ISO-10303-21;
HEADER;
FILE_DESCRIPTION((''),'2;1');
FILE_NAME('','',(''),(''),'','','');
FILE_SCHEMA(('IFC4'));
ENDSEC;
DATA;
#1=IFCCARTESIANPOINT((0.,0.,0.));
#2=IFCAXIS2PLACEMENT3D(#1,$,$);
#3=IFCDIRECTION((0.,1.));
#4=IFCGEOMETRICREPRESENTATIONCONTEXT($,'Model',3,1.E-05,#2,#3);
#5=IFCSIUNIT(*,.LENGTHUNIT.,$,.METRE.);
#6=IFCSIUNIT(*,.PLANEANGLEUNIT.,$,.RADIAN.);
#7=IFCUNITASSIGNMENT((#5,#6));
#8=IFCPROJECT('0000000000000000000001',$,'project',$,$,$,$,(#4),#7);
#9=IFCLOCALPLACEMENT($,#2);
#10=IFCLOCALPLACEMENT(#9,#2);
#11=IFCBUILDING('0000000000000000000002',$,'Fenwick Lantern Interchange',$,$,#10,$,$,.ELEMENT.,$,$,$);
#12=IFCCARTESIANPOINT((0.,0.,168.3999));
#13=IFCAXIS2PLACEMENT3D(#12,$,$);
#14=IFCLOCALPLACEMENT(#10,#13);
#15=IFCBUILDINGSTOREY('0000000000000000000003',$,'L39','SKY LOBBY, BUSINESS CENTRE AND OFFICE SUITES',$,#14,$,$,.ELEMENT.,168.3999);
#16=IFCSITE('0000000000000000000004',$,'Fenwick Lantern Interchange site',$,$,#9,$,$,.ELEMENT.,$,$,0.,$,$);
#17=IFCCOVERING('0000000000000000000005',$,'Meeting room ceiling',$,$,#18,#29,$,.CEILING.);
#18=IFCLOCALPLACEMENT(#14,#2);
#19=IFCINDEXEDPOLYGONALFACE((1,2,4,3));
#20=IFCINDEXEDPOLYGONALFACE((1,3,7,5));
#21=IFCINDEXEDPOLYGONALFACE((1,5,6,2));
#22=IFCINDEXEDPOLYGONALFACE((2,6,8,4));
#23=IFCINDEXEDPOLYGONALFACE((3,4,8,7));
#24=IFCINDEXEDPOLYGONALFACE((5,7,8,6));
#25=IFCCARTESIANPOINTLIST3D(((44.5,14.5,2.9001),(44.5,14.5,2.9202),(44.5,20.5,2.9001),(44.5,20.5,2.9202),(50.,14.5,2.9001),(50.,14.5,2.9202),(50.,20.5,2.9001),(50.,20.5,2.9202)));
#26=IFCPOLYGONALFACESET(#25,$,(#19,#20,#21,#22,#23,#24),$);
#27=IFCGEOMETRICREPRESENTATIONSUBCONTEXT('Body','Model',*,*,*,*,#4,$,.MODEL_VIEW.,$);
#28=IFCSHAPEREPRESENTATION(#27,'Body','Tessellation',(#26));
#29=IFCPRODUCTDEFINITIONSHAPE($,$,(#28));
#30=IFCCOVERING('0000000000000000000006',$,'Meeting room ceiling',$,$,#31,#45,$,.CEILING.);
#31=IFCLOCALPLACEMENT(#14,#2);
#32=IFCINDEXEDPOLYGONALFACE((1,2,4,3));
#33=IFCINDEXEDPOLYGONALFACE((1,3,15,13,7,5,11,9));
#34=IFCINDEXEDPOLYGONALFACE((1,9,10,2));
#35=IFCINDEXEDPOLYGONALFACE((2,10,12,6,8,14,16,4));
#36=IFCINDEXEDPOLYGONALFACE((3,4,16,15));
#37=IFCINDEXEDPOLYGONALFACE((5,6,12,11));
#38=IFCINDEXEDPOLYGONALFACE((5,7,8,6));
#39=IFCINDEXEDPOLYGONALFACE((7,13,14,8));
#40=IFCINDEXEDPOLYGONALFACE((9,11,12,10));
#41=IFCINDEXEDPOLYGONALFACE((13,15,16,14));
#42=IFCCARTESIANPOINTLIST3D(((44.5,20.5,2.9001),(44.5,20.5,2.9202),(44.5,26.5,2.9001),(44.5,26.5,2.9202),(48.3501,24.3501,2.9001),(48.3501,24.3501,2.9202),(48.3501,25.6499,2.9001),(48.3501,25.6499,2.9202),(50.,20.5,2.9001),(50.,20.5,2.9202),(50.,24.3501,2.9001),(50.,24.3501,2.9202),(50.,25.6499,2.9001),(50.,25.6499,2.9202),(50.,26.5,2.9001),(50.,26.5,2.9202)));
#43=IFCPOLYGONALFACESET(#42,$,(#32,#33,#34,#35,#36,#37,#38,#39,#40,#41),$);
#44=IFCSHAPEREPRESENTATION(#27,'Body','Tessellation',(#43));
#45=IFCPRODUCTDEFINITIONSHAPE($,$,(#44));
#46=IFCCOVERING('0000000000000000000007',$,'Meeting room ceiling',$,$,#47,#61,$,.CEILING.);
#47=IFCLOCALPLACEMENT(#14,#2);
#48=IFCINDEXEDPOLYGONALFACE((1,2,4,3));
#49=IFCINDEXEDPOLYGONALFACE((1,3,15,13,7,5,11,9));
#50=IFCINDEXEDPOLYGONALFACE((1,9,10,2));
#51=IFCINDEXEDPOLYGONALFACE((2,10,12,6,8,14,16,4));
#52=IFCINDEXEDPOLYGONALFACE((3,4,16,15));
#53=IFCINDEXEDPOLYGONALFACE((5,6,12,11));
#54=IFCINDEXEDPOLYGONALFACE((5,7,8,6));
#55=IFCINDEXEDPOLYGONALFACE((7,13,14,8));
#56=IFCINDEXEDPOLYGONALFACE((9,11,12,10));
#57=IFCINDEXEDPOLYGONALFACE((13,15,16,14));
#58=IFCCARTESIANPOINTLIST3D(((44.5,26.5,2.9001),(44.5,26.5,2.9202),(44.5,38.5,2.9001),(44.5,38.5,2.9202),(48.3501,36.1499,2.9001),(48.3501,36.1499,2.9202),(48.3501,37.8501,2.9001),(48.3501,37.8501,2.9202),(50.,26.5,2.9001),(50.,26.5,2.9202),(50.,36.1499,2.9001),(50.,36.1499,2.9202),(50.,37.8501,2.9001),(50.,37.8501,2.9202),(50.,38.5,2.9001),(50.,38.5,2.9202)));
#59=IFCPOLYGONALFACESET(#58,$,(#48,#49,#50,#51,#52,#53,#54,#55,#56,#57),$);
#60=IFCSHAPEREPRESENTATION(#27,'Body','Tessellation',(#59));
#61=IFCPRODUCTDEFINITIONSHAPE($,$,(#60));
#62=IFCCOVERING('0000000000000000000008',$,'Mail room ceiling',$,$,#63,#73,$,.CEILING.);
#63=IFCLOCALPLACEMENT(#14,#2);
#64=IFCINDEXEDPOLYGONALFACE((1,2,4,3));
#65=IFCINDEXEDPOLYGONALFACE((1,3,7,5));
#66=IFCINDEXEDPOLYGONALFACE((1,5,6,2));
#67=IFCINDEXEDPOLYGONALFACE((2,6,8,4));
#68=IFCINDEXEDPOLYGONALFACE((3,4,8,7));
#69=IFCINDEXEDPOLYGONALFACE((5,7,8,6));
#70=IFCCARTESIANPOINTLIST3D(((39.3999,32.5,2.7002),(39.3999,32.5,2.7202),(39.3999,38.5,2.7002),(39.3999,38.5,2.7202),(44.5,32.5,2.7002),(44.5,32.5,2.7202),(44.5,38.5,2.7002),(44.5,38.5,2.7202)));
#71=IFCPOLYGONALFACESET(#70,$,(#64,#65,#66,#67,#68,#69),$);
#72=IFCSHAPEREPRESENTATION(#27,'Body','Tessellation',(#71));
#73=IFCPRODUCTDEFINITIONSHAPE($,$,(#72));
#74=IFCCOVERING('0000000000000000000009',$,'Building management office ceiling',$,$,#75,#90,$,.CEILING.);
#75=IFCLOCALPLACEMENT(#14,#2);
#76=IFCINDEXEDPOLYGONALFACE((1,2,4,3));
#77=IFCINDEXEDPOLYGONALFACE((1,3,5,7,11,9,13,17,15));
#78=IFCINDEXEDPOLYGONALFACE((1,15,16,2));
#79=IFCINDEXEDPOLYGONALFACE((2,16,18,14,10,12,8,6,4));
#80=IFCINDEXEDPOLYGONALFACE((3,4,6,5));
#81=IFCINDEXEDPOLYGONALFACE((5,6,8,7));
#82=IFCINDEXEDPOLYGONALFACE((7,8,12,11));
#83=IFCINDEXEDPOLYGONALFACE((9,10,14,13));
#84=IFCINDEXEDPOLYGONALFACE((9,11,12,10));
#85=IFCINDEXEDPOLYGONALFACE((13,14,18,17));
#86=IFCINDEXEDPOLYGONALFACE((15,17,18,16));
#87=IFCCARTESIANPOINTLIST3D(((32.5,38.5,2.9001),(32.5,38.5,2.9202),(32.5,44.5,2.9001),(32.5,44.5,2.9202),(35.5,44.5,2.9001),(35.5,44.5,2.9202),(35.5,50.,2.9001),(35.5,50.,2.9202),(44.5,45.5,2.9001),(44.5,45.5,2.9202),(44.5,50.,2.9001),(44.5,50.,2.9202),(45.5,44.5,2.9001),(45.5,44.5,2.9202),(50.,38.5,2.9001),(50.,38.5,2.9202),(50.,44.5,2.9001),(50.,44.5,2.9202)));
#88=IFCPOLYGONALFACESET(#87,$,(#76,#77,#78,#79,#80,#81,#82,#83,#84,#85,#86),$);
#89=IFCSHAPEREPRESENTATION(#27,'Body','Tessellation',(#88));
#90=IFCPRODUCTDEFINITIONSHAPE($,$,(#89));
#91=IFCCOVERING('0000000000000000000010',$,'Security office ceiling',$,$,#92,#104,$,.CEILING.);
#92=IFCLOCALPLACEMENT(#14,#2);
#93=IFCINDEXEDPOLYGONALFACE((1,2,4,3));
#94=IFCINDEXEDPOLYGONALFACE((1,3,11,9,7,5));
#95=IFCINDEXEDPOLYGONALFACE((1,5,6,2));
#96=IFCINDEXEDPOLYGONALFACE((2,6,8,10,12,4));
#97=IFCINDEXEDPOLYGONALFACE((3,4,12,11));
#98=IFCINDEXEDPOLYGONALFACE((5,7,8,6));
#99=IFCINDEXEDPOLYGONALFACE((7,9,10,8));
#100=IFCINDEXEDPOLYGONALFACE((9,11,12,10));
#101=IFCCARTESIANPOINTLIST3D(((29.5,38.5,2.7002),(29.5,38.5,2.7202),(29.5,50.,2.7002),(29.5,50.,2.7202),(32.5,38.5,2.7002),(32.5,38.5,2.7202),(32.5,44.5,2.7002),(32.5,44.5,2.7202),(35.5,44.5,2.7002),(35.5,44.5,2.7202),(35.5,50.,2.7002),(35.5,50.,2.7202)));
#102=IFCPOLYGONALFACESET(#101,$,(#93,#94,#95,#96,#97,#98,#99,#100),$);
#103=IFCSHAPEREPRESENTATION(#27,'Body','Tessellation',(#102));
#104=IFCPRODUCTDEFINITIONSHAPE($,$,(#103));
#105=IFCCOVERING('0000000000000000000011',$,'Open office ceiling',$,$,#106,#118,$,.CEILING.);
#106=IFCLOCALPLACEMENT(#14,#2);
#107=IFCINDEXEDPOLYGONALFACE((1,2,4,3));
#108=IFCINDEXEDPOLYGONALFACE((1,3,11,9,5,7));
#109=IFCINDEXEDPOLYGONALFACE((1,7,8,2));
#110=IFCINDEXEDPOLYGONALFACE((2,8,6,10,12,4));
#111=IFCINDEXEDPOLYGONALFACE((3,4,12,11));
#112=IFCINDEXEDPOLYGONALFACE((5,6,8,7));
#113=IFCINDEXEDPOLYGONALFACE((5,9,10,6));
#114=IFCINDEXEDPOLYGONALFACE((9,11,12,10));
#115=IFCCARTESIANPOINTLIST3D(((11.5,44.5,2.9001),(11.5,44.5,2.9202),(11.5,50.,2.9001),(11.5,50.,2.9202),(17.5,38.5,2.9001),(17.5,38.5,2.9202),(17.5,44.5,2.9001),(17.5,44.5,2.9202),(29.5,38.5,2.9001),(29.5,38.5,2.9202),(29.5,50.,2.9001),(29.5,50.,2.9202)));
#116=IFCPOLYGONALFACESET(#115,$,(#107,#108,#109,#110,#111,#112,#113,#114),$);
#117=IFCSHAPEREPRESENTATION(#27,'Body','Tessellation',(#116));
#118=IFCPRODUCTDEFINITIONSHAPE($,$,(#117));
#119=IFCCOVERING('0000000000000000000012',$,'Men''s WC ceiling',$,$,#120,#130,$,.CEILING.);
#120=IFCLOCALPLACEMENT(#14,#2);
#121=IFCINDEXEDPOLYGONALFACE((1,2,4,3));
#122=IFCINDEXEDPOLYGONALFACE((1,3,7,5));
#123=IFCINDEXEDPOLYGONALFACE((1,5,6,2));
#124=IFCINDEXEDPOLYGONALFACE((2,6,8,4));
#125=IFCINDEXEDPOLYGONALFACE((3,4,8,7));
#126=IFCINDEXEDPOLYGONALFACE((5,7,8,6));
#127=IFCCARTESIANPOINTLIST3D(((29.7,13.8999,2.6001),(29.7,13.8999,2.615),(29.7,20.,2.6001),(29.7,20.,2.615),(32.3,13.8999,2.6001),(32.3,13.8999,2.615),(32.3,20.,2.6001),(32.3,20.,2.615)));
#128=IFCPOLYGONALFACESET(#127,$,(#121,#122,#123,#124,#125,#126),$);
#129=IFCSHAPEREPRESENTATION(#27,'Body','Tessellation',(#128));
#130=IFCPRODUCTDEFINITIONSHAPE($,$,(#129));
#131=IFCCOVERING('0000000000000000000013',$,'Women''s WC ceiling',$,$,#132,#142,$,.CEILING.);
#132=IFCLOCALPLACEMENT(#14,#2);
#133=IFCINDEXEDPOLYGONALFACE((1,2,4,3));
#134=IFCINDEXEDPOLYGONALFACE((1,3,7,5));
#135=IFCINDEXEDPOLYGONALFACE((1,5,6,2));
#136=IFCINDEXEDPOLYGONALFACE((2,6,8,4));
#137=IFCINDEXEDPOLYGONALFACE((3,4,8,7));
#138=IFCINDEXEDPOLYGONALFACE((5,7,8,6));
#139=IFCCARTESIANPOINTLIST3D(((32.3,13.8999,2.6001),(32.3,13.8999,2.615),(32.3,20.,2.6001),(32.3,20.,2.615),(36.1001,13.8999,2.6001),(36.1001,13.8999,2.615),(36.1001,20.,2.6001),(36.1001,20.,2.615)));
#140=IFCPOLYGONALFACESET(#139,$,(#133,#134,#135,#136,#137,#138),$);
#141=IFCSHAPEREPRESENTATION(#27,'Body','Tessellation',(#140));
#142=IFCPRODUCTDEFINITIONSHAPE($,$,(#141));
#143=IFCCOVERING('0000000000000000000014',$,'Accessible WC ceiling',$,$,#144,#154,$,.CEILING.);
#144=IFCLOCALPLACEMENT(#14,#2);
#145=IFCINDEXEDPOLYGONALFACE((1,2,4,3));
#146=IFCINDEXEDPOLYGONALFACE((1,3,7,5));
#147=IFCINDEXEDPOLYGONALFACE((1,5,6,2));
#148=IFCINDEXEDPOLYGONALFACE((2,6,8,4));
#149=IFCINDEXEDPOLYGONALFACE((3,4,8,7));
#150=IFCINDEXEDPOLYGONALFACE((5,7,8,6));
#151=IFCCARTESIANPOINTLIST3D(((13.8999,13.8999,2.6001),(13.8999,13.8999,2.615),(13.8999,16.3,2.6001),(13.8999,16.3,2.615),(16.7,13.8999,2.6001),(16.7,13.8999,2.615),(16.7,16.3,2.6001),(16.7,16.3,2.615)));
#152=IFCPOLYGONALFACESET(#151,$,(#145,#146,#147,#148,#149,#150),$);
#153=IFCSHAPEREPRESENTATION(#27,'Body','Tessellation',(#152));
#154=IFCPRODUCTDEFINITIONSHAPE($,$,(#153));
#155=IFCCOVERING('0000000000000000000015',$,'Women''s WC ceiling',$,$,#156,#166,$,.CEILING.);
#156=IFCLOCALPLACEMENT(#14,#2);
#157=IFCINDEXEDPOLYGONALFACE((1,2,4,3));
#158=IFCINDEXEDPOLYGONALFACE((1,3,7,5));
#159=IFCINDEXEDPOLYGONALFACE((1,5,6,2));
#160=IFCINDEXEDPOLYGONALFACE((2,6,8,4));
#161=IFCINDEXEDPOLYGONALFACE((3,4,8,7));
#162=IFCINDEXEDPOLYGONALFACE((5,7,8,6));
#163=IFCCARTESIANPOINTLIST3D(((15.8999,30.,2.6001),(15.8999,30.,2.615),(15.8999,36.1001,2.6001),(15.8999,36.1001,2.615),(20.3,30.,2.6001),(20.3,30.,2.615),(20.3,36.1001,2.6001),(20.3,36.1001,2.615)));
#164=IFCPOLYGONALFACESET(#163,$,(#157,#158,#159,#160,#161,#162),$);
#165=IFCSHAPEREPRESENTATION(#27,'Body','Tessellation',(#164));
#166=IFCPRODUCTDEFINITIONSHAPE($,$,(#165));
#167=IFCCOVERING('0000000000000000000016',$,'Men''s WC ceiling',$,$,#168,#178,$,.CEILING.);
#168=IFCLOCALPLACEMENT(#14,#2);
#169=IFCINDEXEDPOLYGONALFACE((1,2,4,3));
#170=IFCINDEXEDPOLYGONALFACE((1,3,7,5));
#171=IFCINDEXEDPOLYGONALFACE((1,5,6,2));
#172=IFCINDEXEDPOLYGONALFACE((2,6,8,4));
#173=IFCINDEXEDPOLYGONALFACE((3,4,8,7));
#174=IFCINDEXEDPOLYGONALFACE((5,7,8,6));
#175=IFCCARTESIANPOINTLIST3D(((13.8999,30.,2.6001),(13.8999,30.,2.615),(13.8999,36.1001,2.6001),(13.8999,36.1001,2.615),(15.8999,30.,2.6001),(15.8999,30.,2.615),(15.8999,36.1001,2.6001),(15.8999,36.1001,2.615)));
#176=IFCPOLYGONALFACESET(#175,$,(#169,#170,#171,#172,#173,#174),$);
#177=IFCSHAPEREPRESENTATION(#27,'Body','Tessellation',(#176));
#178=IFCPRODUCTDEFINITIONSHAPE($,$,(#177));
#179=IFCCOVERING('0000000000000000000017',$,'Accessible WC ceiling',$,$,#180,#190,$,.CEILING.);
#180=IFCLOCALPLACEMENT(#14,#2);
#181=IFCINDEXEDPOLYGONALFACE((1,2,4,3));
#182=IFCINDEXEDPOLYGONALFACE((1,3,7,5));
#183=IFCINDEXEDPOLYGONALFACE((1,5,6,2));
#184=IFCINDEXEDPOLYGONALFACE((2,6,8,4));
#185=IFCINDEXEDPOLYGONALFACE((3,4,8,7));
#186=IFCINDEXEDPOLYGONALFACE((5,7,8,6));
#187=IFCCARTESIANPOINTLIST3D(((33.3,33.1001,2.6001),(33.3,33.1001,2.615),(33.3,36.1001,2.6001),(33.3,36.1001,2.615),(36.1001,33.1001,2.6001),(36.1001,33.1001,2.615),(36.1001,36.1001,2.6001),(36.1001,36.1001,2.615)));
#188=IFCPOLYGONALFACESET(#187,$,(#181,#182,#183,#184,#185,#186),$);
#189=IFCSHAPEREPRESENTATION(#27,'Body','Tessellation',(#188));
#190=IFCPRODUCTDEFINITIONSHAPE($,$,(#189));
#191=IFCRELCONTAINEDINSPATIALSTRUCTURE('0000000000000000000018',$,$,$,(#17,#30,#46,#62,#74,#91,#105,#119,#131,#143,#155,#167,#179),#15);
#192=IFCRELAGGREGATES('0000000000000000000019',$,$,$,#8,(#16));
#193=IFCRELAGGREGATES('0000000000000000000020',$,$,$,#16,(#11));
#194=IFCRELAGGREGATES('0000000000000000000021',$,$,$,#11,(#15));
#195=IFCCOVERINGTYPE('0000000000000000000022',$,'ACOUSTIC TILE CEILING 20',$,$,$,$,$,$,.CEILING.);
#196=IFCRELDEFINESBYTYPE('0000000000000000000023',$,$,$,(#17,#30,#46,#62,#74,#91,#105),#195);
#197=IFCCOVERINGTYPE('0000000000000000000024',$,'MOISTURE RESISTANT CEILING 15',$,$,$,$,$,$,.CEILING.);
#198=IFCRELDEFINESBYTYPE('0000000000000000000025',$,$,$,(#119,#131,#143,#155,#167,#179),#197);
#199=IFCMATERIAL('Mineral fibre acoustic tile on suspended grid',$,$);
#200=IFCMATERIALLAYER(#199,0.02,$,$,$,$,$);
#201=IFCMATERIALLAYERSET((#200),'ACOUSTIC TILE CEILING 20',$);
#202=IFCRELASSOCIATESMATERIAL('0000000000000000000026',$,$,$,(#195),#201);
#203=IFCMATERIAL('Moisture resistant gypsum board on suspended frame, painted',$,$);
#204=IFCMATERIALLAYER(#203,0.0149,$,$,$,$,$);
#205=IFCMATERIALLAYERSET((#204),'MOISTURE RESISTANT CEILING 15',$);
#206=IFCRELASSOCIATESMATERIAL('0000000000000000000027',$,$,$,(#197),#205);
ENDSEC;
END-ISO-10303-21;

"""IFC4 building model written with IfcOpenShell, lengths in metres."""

from ifc_helpers import new_model, si_unit, direction, frame, origin, place, context, subcontext, project, spatial, polyline, outline, extrude, material, layer, layer_set, type_object, element, save


model = new_model("IFC4")

# Units and contexts
model_context = context("Model", 3, precision=1e-05, world=origin(), true_north=direction((0.0, 1.0)))
body_context = subcontext(model_context, "Body", "Model", "MODEL_VIEW")
ifc_project = project(units=[si_unit("LENGTHUNIT", "METRE"), si_unit("PLANEANGLEUNIT", "RADIAN")], contexts=[model_context])

# Site, building, storey
site_placement = place(None, origin())
site = spatial("IfcSite", under=ifc_project, at=site_placement, Name="Fenwick Lantern Interchange site", CompositionType="ELEMENT", RefElevation=0.0)
building_placement = place(site_placement, origin())
building = spatial("IfcBuilding", under=site, at=building_placement, Name="Fenwick Lantern Interchange", CompositionType="ELEMENT")
storey_placement = place(building_placement, frame((0.0, 0.0, 168.3999)))
storey = spatial("IfcBuildingStorey", under=building, at=storey_placement, Name="L39", Description="SKY LOBBY, BUSINESS CENTRE AND OFFICE SUITES", CompositionType="ELEMENT", Elevation=168.3999)

# Coverings
ifc_material_1 = material(Name="Mineral fibre acoustic tile on suspended grid")
ifc_layer_1 = layer(ifc_material_1, 0.02)
ifc_layer_set_1 = layer_set([ifc_layer_1], Name="ACOUSTIC TILE CEILING 20")
covering_type_1 = type_object("IfcCoveringType", Name="ACOUSTIC TILE CEILING 20", PredefinedType="CEILING", material=ifc_layer_set_1)
covering_1_placement = place(storey_placement, frame((0.0, 0.0, 2.9001)))
element("IfcCovering", 1, at=covering_1_placement, inside=storey, type_object=covering_type_1, Name="Meeting room ceiling", PredefinedType="CEILING", context=body_context, shape_type="SweptSolid", body=[
    extrude(outline(polyline([(50.0, 14.5), (50.0, 20.5), (44.5, 20.5), (44.5, 14.5), (50.0, 14.5)])), origin(), (0.0, 0.0, 1.0), 0.02),
])
covering_2_placement = place(storey_placement, frame((0.0, 0.0, 2.9001)))
element("IfcCovering", 2, at=covering_2_placement, inside=storey, type_object=covering_type_1, Name="Meeting room ceiling", PredefinedType="CEILING", context=body_context, shape_type="SweptSolid", body=[
    extrude(outline(polyline([(50.0, 20.5), (50.0, 24.3501), (48.3501, 24.3501), (48.3501, 25.6499), (50.0, 25.6499), (50.0, 26.5), (44.5, 26.5), (44.5, 20.5), (50.0, 20.5)])), origin(), (0.0, 0.0, 1.0), 0.02),
])
covering_3_placement = place(storey_placement, frame((0.0, 0.0, 2.9001)))
element("IfcCovering", 3, at=covering_3_placement, inside=storey, type_object=covering_type_1, Name="Meeting room ceiling", PredefinedType="CEILING", context=body_context, shape_type="SweptSolid", body=[
    extrude(outline(polyline([(44.5, 26.5), (50.0, 26.5), (50.0, 36.1499), (48.3501, 36.1499), (48.3501, 37.8501), (50.0, 37.8501), (50.0, 38.5), (44.5, 38.5), (44.5, 26.5)])), origin(), (0.0, 0.0, 1.0), 0.02),
])
covering_4_placement = place(storey_placement, frame((0.0, 0.0, 2.7002)))
element("IfcCovering", 4, at=covering_4_placement, inside=storey, type_object=covering_type_1, Name="Mail room ceiling", PredefinedType="CEILING", context=body_context, shape_type="SweptSolid", body=[
    extrude(outline(polyline([(44.5, 32.5), (44.5, 38.5), (39.3999, 38.5), (39.3999, 32.5), (44.5, 32.5)])), origin(), (0.0, 0.0, 1.0), 0.02),
])
covering_5_placement = place(storey_placement, frame((0.0, 0.0, 2.9001)))
element("IfcCovering", 5, at=covering_5_placement, inside=storey, type_object=covering_type_1, Name="Building management office ceiling", PredefinedType="CEILING", context=body_context, shape_type="SweptSolid", body=[
    extrude(outline(polyline([(44.5, 45.5), (44.5, 50.0), (35.5, 50.0), (35.5, 44.5), (32.5, 44.5), (32.5, 38.5), (50.0, 38.5), (50.0, 44.5), (45.5, 44.5), (44.5, 45.5)])), origin(), (0.0, 0.0, 1.0), 0.02),
])
covering_6_placement = place(storey_placement, frame((0.0, 0.0, 2.7002)))
element("IfcCovering", 6, at=covering_6_placement, inside=storey, type_object=covering_type_1, Name="Security office ceiling", PredefinedType="CEILING", context=body_context, shape_type="SweptSolid", body=[
    extrude(outline(polyline([(29.5, 50.0), (29.5, 38.5), (32.5, 38.5), (32.5, 44.5), (35.5, 44.5), (35.5, 50.0), (29.5, 50.0)])), origin(), (0.0, 0.0, 1.0), 0.02),
])
covering_7_placement = place(storey_placement, frame((0.0, 0.0, 2.9001)))
element("IfcCovering", 7, at=covering_7_placement, inside=storey, type_object=covering_type_1, Name="Open office ceiling", PredefinedType="CEILING", context=body_context, shape_type="SweptSolid", body=[
    extrude(outline(polyline([(29.5, 50.0), (11.5, 50.0), (11.5, 44.5), (17.5, 44.5), (17.5, 38.5), (29.5, 38.5), (29.5, 50.0)])), origin(), (0.0, 0.0, 1.0), 0.02),
])
ifc_material_2 = material(Name="Moisture resistant gypsum board on suspended frame, painted")
ifc_layer_2 = layer(ifc_material_2, 0.0149)
ifc_layer_set_2 = layer_set([ifc_layer_2], Name="MOISTURE RESISTANT CEILING 15")
covering_type_2 = type_object("IfcCoveringType", Name="MOISTURE RESISTANT CEILING 15", PredefinedType="CEILING", material=ifc_layer_set_2)
covering_8_placement = place(storey_placement, frame((0.0, 0.0, 2.6001)))
element("IfcCovering", 8, at=covering_8_placement, inside=storey, type_object=covering_type_2, Name="Men's WC ceiling", PredefinedType="CEILING", context=body_context, shape_type="SweptSolid", body=[
    extrude(outline(polyline([(29.7, 13.8999), (32.3, 13.8999), (32.3, 20.0), (29.7, 20.0), (29.7, 13.8999)])), origin(), (0.0, 0.0, 1.0), 0.0149),
])
covering_9_placement = place(storey_placement, frame((0.0, 0.0, 2.6001)))
element("IfcCovering", 9, at=covering_9_placement, inside=storey, type_object=covering_type_2, Name="Women's WC ceiling", PredefinedType="CEILING", context=body_context, shape_type="SweptSolid", body=[
    extrude(outline(polyline([(32.3, 13.8999), (36.1001, 13.8999), (36.1001, 20.0), (32.3, 20.0), (32.3, 13.8999)])), origin(), (0.0, 0.0, 1.0), 0.0149),
])
covering_10_placement = place(storey_placement, frame((0.0, 0.0, 2.6001)))
element("IfcCovering", 10, at=covering_10_placement, inside=storey, type_object=covering_type_2, Name="Accessible WC ceiling", PredefinedType="CEILING", context=body_context, shape_type="SweptSolid", body=[
    extrude(outline(polyline([(13.8999, 13.8999), (16.7, 13.8999), (16.7, 16.3), (13.8999, 16.3), (13.8999, 13.8999)])), origin(), (0.0, 0.0, 1.0), 0.0149),
])
covering_11_placement = place(storey_placement, frame((0.0, 0.0, 2.6001)))
element("IfcCovering", 11, at=covering_11_placement, inside=storey, type_object=covering_type_2, Name="Women's WC ceiling", PredefinedType="CEILING", context=body_context, shape_type="SweptSolid", body=[
    extrude(outline(polyline([(20.3, 36.1001), (15.8999, 36.1001), (15.8999, 30.0), (20.3, 30.0), (20.3, 36.1001)])), origin(), (0.0, 0.0, 1.0), 0.0149),
])
covering_12_placement = place(storey_placement, frame((0.0, 0.0, 2.6001)))
element("IfcCovering", 12, at=covering_12_placement, inside=storey, type_object=covering_type_2, Name="Men's WC ceiling", PredefinedType="CEILING", context=body_context, shape_type="SweptSolid", body=[
    extrude(outline(polyline([(15.8999, 36.1001), (13.8999, 36.1001), (13.8999, 30.0), (15.8999, 30.0), (15.8999, 36.1001)])), origin(), (0.0, 0.0, 1.0), 0.0149),
])
covering_13_placement = place(storey_placement, frame((0.0, 0.0, 2.6001)))
element("IfcCovering", 13, at=covering_13_placement, inside=storey, type_object=covering_type_2, Name="Accessible WC ceiling", PredefinedType="CEILING", context=body_context, shape_type="SweptSolid", body=[
    extrude(outline(polyline([(36.1001, 36.1001), (33.3, 36.1001), (33.3, 33.1001), (36.1001, 33.1001), (36.1001, 36.1001)])), origin(), (0.0, 0.0, 1.0), 0.0149),
])

save(model, "model.ifc")
